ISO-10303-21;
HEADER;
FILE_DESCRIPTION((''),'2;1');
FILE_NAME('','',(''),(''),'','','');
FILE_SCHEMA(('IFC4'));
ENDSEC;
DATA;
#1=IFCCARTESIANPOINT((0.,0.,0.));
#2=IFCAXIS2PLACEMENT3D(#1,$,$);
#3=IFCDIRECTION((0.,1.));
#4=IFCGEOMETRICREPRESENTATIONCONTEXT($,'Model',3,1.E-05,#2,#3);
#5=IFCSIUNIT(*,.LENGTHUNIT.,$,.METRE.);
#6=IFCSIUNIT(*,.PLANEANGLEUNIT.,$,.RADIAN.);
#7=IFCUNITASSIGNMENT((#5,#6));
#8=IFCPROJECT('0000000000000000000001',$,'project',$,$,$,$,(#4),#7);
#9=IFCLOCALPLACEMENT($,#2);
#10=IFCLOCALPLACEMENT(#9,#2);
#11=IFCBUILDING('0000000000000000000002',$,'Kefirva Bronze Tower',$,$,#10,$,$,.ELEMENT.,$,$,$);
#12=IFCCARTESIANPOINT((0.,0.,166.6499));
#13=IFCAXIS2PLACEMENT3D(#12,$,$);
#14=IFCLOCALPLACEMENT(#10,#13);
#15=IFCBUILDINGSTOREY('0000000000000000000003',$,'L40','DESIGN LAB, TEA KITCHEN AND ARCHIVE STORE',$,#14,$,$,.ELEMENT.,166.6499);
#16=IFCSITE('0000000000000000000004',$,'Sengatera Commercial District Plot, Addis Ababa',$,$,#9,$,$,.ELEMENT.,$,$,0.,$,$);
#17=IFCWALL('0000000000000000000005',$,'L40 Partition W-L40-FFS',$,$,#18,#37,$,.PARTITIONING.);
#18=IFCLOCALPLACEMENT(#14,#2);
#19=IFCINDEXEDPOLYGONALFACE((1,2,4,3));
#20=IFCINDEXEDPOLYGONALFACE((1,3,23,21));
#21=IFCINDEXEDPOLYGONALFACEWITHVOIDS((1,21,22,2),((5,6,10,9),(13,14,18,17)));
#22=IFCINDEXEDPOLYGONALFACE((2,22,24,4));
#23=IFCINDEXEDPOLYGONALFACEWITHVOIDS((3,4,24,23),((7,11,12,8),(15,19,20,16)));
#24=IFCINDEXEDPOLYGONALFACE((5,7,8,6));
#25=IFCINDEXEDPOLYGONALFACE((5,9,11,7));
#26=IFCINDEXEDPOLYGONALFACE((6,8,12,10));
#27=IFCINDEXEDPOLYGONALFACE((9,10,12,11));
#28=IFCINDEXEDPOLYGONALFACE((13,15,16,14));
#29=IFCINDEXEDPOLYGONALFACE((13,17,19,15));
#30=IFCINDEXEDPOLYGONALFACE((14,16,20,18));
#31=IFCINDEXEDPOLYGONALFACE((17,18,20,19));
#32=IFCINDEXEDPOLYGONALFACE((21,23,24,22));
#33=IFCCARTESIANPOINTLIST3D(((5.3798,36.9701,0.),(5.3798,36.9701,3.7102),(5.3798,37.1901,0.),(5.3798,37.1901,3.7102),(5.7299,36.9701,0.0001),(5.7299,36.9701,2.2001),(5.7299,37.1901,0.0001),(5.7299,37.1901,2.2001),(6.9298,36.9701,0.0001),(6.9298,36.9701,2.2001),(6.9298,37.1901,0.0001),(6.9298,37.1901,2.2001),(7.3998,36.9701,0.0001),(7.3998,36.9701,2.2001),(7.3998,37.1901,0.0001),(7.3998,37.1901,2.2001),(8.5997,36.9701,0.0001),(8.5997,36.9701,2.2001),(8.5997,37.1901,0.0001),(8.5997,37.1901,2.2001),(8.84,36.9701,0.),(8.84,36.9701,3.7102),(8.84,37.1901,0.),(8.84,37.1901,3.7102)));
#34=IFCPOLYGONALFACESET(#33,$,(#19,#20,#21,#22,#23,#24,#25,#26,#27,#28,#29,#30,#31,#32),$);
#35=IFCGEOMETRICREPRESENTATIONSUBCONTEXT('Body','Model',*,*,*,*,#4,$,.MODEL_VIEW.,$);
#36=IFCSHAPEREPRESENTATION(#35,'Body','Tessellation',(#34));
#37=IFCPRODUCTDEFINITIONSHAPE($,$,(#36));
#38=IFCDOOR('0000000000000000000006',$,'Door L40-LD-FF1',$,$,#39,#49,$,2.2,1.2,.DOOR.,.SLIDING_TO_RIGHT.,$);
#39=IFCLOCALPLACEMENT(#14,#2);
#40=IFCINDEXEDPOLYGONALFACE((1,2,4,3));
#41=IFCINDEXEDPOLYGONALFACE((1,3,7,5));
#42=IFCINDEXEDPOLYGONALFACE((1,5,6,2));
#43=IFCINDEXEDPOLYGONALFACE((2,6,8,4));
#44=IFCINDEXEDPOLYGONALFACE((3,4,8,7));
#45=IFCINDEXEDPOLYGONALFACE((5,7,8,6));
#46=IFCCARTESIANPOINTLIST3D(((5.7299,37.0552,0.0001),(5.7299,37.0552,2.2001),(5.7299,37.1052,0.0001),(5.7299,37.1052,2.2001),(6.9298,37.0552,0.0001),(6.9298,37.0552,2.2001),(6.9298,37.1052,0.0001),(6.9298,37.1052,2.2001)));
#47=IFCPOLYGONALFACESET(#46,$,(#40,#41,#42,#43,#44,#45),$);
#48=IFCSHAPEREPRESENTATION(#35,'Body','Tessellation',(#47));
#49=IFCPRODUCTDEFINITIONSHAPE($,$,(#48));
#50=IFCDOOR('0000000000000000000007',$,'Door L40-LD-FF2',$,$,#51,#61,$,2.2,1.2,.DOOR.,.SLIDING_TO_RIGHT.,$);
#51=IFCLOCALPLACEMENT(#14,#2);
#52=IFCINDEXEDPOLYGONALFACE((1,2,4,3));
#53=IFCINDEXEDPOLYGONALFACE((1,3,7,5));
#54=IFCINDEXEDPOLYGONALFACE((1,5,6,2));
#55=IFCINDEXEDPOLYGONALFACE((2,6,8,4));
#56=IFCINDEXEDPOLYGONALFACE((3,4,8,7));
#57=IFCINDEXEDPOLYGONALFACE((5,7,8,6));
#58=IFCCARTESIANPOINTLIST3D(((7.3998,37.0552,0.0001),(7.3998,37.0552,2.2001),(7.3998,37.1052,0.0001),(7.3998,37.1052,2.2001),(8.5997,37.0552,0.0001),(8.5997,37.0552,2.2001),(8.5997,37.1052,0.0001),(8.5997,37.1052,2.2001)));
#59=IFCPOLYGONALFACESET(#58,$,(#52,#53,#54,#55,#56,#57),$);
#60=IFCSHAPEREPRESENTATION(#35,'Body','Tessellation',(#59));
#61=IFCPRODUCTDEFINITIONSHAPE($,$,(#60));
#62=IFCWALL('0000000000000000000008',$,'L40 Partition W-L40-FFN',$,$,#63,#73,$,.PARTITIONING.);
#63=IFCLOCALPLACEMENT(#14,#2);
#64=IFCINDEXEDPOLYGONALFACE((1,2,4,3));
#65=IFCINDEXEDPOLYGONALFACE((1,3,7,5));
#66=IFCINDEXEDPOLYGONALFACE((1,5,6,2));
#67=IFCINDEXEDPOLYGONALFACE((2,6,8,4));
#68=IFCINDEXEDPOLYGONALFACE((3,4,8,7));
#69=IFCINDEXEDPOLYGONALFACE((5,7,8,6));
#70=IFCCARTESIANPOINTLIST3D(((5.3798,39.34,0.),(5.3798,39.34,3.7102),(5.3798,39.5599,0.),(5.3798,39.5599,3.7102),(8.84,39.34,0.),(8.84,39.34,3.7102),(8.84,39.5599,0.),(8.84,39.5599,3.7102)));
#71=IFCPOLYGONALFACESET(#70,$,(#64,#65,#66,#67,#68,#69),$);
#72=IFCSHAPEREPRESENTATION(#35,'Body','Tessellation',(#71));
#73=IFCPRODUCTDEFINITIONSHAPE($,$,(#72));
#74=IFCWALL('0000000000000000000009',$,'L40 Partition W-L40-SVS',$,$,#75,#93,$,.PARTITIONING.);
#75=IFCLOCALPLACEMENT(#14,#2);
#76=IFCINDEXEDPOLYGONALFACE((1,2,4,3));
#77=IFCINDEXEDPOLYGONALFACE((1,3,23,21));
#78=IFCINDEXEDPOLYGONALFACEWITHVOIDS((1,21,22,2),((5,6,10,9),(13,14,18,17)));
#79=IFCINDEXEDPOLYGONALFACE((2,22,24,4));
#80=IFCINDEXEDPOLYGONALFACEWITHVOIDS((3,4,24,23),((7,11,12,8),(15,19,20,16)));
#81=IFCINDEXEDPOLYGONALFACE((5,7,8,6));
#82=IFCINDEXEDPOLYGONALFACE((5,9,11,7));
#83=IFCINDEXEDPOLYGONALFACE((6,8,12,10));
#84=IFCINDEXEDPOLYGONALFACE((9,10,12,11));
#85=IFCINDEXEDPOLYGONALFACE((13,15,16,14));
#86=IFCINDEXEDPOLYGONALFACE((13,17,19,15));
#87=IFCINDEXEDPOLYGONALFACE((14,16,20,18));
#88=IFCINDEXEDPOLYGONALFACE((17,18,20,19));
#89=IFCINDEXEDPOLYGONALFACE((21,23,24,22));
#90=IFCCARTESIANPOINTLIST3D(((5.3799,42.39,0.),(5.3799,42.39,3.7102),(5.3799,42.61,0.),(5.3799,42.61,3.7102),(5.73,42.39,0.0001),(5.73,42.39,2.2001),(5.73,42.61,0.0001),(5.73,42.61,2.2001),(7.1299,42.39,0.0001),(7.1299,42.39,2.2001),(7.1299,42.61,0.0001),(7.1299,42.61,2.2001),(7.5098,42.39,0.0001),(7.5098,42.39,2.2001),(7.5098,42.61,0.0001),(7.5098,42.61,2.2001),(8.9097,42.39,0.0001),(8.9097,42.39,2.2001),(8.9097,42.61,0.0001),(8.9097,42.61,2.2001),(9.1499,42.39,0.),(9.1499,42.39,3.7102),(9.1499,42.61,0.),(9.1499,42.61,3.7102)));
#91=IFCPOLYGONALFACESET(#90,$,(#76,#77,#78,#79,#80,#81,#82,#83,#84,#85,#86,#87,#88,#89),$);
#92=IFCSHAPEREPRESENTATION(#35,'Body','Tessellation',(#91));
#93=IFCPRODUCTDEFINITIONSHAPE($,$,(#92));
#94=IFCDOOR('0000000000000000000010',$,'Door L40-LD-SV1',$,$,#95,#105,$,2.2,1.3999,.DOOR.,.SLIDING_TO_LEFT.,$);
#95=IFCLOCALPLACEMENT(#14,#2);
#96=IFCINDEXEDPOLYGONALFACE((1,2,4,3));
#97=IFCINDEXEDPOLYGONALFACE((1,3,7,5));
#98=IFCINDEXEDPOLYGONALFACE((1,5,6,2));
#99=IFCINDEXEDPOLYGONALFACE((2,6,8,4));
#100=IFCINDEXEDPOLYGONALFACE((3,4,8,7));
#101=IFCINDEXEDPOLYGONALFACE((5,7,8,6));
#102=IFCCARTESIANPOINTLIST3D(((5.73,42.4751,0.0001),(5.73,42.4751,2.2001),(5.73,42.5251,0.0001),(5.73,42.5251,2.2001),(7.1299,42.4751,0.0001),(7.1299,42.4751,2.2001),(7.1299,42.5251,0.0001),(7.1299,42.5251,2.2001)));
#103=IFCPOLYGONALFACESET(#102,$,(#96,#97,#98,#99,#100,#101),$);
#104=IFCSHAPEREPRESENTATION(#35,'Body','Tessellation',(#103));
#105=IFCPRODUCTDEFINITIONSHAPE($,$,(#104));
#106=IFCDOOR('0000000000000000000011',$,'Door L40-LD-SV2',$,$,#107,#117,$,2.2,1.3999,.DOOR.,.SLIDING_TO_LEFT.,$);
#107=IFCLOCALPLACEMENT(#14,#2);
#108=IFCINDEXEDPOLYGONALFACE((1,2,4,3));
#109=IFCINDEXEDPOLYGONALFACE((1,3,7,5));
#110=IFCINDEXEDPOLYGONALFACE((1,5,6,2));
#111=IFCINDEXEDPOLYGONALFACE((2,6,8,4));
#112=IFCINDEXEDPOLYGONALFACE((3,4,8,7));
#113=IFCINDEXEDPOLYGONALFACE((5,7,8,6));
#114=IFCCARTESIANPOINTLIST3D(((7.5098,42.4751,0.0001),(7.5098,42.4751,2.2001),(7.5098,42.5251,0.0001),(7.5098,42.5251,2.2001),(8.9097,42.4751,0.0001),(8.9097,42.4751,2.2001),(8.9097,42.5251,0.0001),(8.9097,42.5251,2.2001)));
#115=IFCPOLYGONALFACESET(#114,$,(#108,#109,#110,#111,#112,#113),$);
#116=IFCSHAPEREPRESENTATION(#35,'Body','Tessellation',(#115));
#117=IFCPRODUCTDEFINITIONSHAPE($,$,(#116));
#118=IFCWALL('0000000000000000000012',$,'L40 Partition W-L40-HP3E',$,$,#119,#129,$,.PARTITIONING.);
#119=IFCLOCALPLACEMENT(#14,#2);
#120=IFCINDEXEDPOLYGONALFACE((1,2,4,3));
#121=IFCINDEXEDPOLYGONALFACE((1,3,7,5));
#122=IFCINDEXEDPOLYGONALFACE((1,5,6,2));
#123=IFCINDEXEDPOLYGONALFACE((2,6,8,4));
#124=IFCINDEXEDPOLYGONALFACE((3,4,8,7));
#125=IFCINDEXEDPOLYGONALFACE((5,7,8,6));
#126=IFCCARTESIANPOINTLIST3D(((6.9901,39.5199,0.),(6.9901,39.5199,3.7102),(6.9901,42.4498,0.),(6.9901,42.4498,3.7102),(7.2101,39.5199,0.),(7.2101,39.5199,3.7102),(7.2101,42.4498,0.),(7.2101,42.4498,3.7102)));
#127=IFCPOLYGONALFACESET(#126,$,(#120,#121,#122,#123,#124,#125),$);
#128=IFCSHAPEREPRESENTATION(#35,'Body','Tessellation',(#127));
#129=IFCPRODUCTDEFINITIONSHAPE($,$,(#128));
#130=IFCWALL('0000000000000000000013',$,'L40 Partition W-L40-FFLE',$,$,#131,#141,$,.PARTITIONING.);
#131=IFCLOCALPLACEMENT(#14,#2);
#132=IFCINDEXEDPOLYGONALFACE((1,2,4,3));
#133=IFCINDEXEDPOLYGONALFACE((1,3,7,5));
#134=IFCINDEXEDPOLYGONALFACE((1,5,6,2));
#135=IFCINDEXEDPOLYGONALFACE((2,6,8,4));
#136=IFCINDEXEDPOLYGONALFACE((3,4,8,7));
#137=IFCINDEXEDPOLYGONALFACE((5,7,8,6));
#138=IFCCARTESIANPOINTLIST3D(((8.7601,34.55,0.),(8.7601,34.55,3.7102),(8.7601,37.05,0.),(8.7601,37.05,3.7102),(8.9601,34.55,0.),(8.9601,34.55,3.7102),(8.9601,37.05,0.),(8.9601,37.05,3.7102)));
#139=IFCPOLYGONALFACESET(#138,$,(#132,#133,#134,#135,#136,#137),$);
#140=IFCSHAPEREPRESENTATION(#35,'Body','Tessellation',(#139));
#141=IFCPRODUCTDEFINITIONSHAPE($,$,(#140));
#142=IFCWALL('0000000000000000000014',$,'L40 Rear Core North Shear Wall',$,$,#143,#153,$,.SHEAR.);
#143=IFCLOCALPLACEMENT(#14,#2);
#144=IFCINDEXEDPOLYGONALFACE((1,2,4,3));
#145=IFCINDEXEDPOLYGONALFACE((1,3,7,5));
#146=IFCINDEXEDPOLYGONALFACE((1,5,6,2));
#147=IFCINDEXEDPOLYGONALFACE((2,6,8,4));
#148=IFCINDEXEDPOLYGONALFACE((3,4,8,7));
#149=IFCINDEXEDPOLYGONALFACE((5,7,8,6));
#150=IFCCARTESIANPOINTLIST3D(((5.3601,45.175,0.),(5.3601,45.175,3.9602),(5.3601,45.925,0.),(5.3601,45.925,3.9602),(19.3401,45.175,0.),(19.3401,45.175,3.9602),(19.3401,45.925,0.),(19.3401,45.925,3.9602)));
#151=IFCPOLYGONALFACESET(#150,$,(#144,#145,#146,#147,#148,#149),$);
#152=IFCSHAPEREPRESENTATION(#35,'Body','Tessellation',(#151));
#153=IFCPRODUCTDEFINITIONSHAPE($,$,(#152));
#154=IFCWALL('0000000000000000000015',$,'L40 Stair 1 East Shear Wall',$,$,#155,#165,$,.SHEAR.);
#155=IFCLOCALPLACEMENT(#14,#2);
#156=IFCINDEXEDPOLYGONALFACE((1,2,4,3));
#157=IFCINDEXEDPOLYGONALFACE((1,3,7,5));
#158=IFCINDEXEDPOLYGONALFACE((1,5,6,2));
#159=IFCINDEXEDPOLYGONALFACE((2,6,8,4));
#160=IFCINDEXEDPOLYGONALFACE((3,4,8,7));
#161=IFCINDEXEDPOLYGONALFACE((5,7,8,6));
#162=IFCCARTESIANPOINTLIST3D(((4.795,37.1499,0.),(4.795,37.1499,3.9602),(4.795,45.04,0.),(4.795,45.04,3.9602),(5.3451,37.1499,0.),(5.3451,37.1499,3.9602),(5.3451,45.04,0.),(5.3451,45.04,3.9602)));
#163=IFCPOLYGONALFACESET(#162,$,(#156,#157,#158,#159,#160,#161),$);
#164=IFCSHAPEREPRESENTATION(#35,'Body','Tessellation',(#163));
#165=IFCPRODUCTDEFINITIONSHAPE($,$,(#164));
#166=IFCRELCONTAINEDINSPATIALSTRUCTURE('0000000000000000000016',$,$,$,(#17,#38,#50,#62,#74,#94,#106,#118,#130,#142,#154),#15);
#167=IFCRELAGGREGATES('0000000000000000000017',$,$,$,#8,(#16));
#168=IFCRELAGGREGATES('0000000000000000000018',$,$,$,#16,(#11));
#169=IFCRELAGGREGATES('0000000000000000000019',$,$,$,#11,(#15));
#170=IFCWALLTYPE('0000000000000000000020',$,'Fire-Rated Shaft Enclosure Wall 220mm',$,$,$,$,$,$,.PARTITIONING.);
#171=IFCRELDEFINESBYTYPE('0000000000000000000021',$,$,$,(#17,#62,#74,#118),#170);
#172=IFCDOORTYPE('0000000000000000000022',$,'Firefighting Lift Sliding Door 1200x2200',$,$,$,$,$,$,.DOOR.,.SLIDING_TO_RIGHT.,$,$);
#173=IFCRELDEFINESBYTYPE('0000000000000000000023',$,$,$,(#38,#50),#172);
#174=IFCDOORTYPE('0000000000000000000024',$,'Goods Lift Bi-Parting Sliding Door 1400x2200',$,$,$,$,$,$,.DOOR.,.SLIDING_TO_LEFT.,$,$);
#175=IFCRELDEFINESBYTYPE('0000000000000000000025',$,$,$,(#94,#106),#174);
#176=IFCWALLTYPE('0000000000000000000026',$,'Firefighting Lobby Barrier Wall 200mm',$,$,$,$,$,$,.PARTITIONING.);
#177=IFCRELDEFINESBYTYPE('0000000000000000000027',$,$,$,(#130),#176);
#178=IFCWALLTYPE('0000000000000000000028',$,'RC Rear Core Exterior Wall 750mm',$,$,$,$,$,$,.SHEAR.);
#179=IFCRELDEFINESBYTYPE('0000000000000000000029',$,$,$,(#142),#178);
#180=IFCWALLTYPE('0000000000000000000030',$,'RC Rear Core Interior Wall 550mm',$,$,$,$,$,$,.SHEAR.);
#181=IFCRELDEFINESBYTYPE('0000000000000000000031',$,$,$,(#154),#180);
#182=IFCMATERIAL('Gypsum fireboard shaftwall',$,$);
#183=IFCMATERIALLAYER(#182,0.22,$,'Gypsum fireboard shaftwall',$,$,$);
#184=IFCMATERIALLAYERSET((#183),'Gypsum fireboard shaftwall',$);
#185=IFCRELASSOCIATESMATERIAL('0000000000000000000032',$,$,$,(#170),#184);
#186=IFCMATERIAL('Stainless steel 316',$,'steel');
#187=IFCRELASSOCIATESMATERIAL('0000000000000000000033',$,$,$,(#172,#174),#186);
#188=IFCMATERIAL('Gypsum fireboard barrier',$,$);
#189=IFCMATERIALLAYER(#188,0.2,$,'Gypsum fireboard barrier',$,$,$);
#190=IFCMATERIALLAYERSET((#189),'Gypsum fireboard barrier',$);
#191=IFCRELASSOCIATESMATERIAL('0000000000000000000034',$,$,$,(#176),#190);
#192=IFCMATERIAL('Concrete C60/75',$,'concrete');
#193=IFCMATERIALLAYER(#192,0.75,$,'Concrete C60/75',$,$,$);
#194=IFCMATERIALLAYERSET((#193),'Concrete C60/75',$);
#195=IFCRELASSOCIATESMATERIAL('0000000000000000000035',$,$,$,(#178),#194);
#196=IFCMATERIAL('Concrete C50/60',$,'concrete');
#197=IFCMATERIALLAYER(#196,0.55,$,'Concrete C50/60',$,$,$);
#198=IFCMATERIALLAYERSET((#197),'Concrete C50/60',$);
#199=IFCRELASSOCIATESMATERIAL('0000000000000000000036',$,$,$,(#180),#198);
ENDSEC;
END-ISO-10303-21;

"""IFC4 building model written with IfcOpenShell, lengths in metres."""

from ifc_helpers import new_model, si_unit, direction, frame, frame_2d, origin, place, context, subcontext, project, spatial, rectangle, extrude, material, layer, layer_set, type_object, element, fill, save


model = new_model("IFC4")

# Units and contexts
model_context = context("Model", 3, precision=1e-05, world=origin(), true_north=direction((0.0, 1.0)))
body_context = subcontext(model_context, "Body", "Model", "MODEL_VIEW")
ifc_project = project(units=[si_unit("LENGTHUNIT", "METRE"), si_unit("PLANEANGLEUNIT", "RADIAN")], contexts=[model_context])

# Site, building, storey
site_placement = place(None, origin())
site = spatial("IfcSite", under=ifc_project, at=site_placement, Name="Sengatera Commercial District Plot, Addis Ababa", CompositionType="ELEMENT", RefElevation=0.0)
building_placement = place(site_placement, origin())
building = spatial("IfcBuilding", under=site, at=building_placement, Name="Kefirva Bronze Tower", CompositionType="ELEMENT")
storey_placement = place(building_placement, frame((0.0, 0.0, 166.6499)))
storey = spatial("IfcBuildingStorey", under=building, at=storey_placement, Name="L40", Description="DESIGN LAB, TEA KITCHEN AND ARCHIVE STORE", CompositionType="ELEMENT", Elevation=166.6499)

# Wall, openings, doors
ifc_material_1 = material(Name="Gypsum fireboard shaftwall")
ifc_layer_1 = layer(ifc_material_1, 0.22, Name="Gypsum fireboard shaftwall")
ifc_layer_set_1 = layer_set([ifc_layer_1], Name="Gypsum fireboard shaftwall")
wall_type_1 = type_object("IfcWallType", Name="Fire-Rated Shaft Enclosure Wall 220mm", PredefinedType="PARTITIONING", material=ifc_layer_set_1)
wall_1_placement = place(storey_placement, frame((5.3799, 37.0801, 0.0), z_axis=(0.0, 0.0, 1.0), x_axis=(1.0, 0.0, 0.0)))
wall_1 = element("IfcWall", 1, at=wall_1_placement, inside=storey, type_object=wall_type_1, Name="L40 Partition W-L40-FFS", PredefinedType="PARTITIONING", context=body_context, shape_type="SweptSolid", body=[
    extrude(rectangle(XDim=3.4602, YDim=0.22, at=frame_2d((1.73, 0.0))), origin(), (0.0, 0.0, 1.0), 3.7102),
])
opening_1_placement = place(wall_1_placement, frame((1.55, 0.0, 0.0), z_axis=(0.0, 0.0, 1.0), x_axis=(-1.0, 0.0, 0.0)))
opening_1 = element("IfcOpeningElement", 2, at=opening_1_placement, cuts=wall_1, PredefinedType="OPENING", context=body_context, shape_type="SweptSolid", body=[
    extrude(rectangle(XDim=1.2, YDim=2.2, at=frame_2d((0.6001, 1.1001))), frame((0.0, 0.1201, 0.0), z_axis=(0.0, -1.0, 0.0), x_axis=(1.0, 0.0, 0.0)), (0.0, 0.0, 1.0), 0.24),
])
opening_2_placement = place(wall_1_placement, frame((3.22, 0.0, 0.0), z_axis=(0.0, 0.0, 1.0), x_axis=(-1.0, 0.0, 0.0)))
opening_2 = element("IfcOpeningElement", 3, at=opening_2_placement, cuts=wall_1, PredefinedType="OPENING", context=body_context, shape_type="SweptSolid", body=[
    extrude(rectangle(XDim=1.2, YDim=2.2, at=frame_2d((0.6001, 1.1001))), frame((0.0, 0.1201, 0.0), z_axis=(0.0, -1.0, 0.0), x_axis=(1.0, 0.0, 0.0)), (0.0, 0.0, 1.0), 0.24),
])
ifc_material_2 = material(Name="Stainless steel 316", Category="steel")
door_type_1 = type_object("IfcDoorType", Name="Firefighting Lift Sliding Door 1200x2200", OperationType="SLIDING_TO_RIGHT", PredefinedType="DOOR", material=ifc_material_2)
door_1_placement = place(opening_1_placement, origin())
door_1 = element("IfcDoor", 4, at=door_1_placement, inside=storey, type_object=door_type_1, Name="Door L40-LD-FF1", OperationType="SLIDING_TO_RIGHT", OverallHeight=2.2, OverallWidth=1.2, PredefinedType="DOOR", context=body_context, shape_type="SweptSolid", body=[
    extrude(rectangle(XDim=1.2, YDim=2.2, at=frame_2d((0.6001, 1.1001))), frame((0.0, 0.0249, 0.0), z_axis=(0.0, -1.0, 0.0), x_axis=(1.0, 0.0, 0.0)), (0.0, 0.0, 1.0), 0.05),
])
fill(opening_1, door_1)
door_2_placement = place(opening_2_placement, origin())
door_2 = element("IfcDoor", 5, at=door_2_placement, inside=storey, type_object=door_type_1, Name="Door L40-LD-FF2", OperationType="SLIDING_TO_RIGHT", OverallHeight=2.2, OverallWidth=1.2, PredefinedType="DOOR", context=body_context, shape_type="SweptSolid", body=[
    extrude(rectangle(XDim=1.2, YDim=2.2, at=frame_2d((0.6001, 1.1001))), frame((0.0, 0.0249, 0.0), z_axis=(0.0, -1.0, 0.0), x_axis=(1.0, 0.0, 0.0)), (0.0, 0.0, 1.0), 0.05),
])
fill(opening_2, door_2)

# Wall
wall_2_placement = place(storey_placement, frame((5.3799, 39.45, 0.0), z_axis=(0.0, 0.0, 1.0), x_axis=(1.0, 0.0, 0.0)))
element("IfcWall", 6, at=wall_2_placement, inside=storey, type_object=wall_type_1, Name="L40 Partition W-L40-FFN", PredefinedType="PARTITIONING", context=body_context, shape_type="SweptSolid", body=[
    extrude(rectangle(XDim=3.4602, YDim=0.22, at=frame_2d((1.73, 0.0))), origin(), (0.0, 0.0, 1.0), 3.7102),
])

# Wall, openings, doors
wall_3_placement = place(storey_placement, frame((5.3799, 42.5, 0.0), z_axis=(0.0, 0.0, 1.0), x_axis=(1.0, 0.0, 0.0)))
wall_3 = element("IfcWall", 7, at=wall_3_placement, inside=storey, type_object=wall_type_1, Name="L40 Partition W-L40-SVS", PredefinedType="PARTITIONING", context=body_context, shape_type="SweptSolid", body=[
    extrude(rectangle(XDim=3.77, YDim=0.22, at=frame_2d((1.885, 0.0))), origin(), (0.0, 0.0, 1.0), 3.7102),
])
opening_3_placement = place(wall_3_placement, frame((1.75, 0.0, 0.0), z_axis=(0.0, 0.0, 1.0), x_axis=(-1.0, 0.0, 0.0)))
opening_3 = element("IfcOpeningElement", 8, at=opening_3_placement, cuts=wall_3, PredefinedType="OPENING", context=body_context, shape_type="SweptSolid", body=[
    extrude(rectangle(XDim=1.3999, YDim=2.2, at=frame_2d((0.7, 1.1001))), frame((0.0, 0.1201, 0.0), z_axis=(0.0, -1.0, 0.0), x_axis=(1.0, 0.0, 0.0)), (0.0, 0.0, 1.0), 0.24),
])
opening_4_placement = place(wall_3_placement, frame((3.5298, 0.0, 0.0), z_axis=(0.0, 0.0, 1.0), x_axis=(-1.0, 0.0, 0.0)))
opening_4 = element("IfcOpeningElement", 9, at=opening_4_placement, cuts=wall_3, PredefinedType="OPENING", context=body_context, shape_type="SweptSolid", body=[
    extrude(rectangle(XDim=1.3999, YDim=2.2, at=frame_2d((0.7, 1.1001))), frame((0.0, 0.1201, 0.0), z_axis=(0.0, -1.0, 0.0), x_axis=(1.0, 0.0, 0.0)), (0.0, 0.0, 1.0), 0.24),
])
door_type_2 = type_object("IfcDoorType", Name="Goods Lift Bi-Parting Sliding Door 1400x2200", OperationType="SLIDING_TO_LEFT", PredefinedType="DOOR", material=ifc_material_2)
door_3_placement = place(opening_3_placement, origin())
door_3 = element("IfcDoor", 10, at=door_3_placement, inside=storey, type_object=door_type_2, Name="Door L40-LD-SV1", OperationType="SLIDING_TO_LEFT", OverallHeight=2.2, OverallWidth=1.3999, PredefinedType="DOOR", context=body_context, shape_type="SweptSolid", body=[
    extrude(rectangle(XDim=1.3999, YDim=2.2, at=frame_2d((0.7, 1.1001))), frame((0.0, 0.0249, 0.0), z_axis=(0.0, -1.0, 0.0), x_axis=(1.0, 0.0, 0.0)), (0.0, 0.0, 1.0), 0.05),
])
fill(opening_3, door_3)
door_4_placement = place(opening_4_placement, origin())
door_4 = element("IfcDoor", 11, at=door_4_placement, inside=storey, type_object=door_type_2, Name="Door L40-LD-SV2", OperationType="SLIDING_TO_LEFT", OverallHeight=2.2, OverallWidth=1.3999, PredefinedType="DOOR", context=body_context, shape_type="SweptSolid", body=[
    extrude(rectangle(XDim=1.3999, YDim=2.2, at=frame_2d((0.7, 1.1001))), frame((0.0, 0.0249, 0.0), z_axis=(0.0, -1.0, 0.0), x_axis=(1.0, 0.0, 0.0)), (0.0, 0.0, 1.0), 0.05),
])
fill(opening_4, door_4)

# Walls
wall_4_placement = place(storey_placement, frame((7.1001, 39.52, 0.0), z_axis=(0.0, 0.0, 1.0), x_axis=(0.0, 1.0, 0.0)))
element("IfcWall", 12, at=wall_4_placement, inside=storey, type_object=wall_type_1, Name="L40 Partition W-L40-HP3E", PredefinedType="PARTITIONING", context=body_context, shape_type="SweptSolid", body=[
    extrude(rectangle(XDim=2.9299, YDim=0.22, at=frame_2d((1.4648, 0.0))), origin(), (0.0, 0.0, 1.0), 3.7102),
])
ifc_material_3 = material(Name="Gypsum fireboard barrier")
ifc_layer_2 = layer(ifc_material_3, 0.2, Name="Gypsum fireboard barrier")
ifc_layer_set_2 = layer_set([ifc_layer_2], Name="Gypsum fireboard barrier")
wall_type_2 = type_object("IfcWallType", Name="Firefighting Lobby Barrier Wall 200mm", PredefinedType="PARTITIONING", material=ifc_layer_set_2)
wall_5_placement = place(storey_placement, frame((8.8601, 34.55, 0.0), z_axis=(0.0, 0.0, 1.0), x_axis=(0.0, 1.0, 0.0)))
element("IfcWall", 13, at=wall_5_placement, inside=storey, type_object=wall_type_2, Name="L40 Partition W-L40-FFLE", PredefinedType="PARTITIONING", context=body_context, shape_type="SweptSolid", body=[
    extrude(rectangle(XDim=2.5, YDim=0.2, at=frame_2d((1.25, 0.0))), origin(), (0.0, 0.0, 1.0), 3.7102),
])

# Walls
ifc_material_4 = material(Name="Concrete C60/75", Category="concrete")
ifc_layer_3 = layer(ifc_material_4, 0.75, Name="Concrete C60/75")
ifc_layer_set_3 = layer_set([ifc_layer_3], Name="Concrete C60/75")
wall_type_3 = type_object("IfcWallType", Name="RC Rear Core Exterior Wall 750mm", PredefinedType="SHEAR", material=ifc_layer_set_3)
wall_6_placement = place(storey_placement, frame((5.3601, 45.55, 0.0), z_axis=(0.0, 0.0, 1.0), x_axis=(1.0, 0.0, 0.0)))
element("IfcWall", 14, at=wall_6_placement, inside=storey, type_object=wall_type_3, Name="L40 Rear Core North Shear Wall", PredefinedType="SHEAR", context=body_context, shape_type="SweptSolid", body=[
    extrude(rectangle(XDim=13.98, YDim=0.75, at=frame_2d((6.99, 0.0))), origin(), (0.0, 0.0, 1.0), 3.9602),
])
ifc_material_5 = material(Name="Concrete C50/60", Category="concrete")
ifc_layer_4 = layer(ifc_material_5, 0.55, Name="Concrete C50/60")
ifc_layer_set_4 = layer_set([ifc_layer_4], Name="Concrete C50/60")
wall_type_4 = type_object("IfcWallType", Name="RC Rear Core Interior Wall 550mm", PredefinedType="SHEAR", material=ifc_layer_set_4)
wall_7_placement = place(storey_placement, frame((5.0701, 37.1499, 0.0), z_axis=(0.0, 0.0, 1.0), x_axis=(0.0, 1.0, 0.0)))
element("IfcWall", 15, at=wall_7_placement, inside=storey, type_object=wall_type_4, Name="L40 Stair 1 East Shear Wall", PredefinedType="SHEAR", context=body_context, shape_type="SweptSolid", body=[
    extrude(rectangle(XDim=7.8901, YDim=0.55, at=frame_2d((3.9451, 0.0))), origin(), (0.0, 0.0, 1.0), 3.9602),
])

save(model, "model.ifc")
